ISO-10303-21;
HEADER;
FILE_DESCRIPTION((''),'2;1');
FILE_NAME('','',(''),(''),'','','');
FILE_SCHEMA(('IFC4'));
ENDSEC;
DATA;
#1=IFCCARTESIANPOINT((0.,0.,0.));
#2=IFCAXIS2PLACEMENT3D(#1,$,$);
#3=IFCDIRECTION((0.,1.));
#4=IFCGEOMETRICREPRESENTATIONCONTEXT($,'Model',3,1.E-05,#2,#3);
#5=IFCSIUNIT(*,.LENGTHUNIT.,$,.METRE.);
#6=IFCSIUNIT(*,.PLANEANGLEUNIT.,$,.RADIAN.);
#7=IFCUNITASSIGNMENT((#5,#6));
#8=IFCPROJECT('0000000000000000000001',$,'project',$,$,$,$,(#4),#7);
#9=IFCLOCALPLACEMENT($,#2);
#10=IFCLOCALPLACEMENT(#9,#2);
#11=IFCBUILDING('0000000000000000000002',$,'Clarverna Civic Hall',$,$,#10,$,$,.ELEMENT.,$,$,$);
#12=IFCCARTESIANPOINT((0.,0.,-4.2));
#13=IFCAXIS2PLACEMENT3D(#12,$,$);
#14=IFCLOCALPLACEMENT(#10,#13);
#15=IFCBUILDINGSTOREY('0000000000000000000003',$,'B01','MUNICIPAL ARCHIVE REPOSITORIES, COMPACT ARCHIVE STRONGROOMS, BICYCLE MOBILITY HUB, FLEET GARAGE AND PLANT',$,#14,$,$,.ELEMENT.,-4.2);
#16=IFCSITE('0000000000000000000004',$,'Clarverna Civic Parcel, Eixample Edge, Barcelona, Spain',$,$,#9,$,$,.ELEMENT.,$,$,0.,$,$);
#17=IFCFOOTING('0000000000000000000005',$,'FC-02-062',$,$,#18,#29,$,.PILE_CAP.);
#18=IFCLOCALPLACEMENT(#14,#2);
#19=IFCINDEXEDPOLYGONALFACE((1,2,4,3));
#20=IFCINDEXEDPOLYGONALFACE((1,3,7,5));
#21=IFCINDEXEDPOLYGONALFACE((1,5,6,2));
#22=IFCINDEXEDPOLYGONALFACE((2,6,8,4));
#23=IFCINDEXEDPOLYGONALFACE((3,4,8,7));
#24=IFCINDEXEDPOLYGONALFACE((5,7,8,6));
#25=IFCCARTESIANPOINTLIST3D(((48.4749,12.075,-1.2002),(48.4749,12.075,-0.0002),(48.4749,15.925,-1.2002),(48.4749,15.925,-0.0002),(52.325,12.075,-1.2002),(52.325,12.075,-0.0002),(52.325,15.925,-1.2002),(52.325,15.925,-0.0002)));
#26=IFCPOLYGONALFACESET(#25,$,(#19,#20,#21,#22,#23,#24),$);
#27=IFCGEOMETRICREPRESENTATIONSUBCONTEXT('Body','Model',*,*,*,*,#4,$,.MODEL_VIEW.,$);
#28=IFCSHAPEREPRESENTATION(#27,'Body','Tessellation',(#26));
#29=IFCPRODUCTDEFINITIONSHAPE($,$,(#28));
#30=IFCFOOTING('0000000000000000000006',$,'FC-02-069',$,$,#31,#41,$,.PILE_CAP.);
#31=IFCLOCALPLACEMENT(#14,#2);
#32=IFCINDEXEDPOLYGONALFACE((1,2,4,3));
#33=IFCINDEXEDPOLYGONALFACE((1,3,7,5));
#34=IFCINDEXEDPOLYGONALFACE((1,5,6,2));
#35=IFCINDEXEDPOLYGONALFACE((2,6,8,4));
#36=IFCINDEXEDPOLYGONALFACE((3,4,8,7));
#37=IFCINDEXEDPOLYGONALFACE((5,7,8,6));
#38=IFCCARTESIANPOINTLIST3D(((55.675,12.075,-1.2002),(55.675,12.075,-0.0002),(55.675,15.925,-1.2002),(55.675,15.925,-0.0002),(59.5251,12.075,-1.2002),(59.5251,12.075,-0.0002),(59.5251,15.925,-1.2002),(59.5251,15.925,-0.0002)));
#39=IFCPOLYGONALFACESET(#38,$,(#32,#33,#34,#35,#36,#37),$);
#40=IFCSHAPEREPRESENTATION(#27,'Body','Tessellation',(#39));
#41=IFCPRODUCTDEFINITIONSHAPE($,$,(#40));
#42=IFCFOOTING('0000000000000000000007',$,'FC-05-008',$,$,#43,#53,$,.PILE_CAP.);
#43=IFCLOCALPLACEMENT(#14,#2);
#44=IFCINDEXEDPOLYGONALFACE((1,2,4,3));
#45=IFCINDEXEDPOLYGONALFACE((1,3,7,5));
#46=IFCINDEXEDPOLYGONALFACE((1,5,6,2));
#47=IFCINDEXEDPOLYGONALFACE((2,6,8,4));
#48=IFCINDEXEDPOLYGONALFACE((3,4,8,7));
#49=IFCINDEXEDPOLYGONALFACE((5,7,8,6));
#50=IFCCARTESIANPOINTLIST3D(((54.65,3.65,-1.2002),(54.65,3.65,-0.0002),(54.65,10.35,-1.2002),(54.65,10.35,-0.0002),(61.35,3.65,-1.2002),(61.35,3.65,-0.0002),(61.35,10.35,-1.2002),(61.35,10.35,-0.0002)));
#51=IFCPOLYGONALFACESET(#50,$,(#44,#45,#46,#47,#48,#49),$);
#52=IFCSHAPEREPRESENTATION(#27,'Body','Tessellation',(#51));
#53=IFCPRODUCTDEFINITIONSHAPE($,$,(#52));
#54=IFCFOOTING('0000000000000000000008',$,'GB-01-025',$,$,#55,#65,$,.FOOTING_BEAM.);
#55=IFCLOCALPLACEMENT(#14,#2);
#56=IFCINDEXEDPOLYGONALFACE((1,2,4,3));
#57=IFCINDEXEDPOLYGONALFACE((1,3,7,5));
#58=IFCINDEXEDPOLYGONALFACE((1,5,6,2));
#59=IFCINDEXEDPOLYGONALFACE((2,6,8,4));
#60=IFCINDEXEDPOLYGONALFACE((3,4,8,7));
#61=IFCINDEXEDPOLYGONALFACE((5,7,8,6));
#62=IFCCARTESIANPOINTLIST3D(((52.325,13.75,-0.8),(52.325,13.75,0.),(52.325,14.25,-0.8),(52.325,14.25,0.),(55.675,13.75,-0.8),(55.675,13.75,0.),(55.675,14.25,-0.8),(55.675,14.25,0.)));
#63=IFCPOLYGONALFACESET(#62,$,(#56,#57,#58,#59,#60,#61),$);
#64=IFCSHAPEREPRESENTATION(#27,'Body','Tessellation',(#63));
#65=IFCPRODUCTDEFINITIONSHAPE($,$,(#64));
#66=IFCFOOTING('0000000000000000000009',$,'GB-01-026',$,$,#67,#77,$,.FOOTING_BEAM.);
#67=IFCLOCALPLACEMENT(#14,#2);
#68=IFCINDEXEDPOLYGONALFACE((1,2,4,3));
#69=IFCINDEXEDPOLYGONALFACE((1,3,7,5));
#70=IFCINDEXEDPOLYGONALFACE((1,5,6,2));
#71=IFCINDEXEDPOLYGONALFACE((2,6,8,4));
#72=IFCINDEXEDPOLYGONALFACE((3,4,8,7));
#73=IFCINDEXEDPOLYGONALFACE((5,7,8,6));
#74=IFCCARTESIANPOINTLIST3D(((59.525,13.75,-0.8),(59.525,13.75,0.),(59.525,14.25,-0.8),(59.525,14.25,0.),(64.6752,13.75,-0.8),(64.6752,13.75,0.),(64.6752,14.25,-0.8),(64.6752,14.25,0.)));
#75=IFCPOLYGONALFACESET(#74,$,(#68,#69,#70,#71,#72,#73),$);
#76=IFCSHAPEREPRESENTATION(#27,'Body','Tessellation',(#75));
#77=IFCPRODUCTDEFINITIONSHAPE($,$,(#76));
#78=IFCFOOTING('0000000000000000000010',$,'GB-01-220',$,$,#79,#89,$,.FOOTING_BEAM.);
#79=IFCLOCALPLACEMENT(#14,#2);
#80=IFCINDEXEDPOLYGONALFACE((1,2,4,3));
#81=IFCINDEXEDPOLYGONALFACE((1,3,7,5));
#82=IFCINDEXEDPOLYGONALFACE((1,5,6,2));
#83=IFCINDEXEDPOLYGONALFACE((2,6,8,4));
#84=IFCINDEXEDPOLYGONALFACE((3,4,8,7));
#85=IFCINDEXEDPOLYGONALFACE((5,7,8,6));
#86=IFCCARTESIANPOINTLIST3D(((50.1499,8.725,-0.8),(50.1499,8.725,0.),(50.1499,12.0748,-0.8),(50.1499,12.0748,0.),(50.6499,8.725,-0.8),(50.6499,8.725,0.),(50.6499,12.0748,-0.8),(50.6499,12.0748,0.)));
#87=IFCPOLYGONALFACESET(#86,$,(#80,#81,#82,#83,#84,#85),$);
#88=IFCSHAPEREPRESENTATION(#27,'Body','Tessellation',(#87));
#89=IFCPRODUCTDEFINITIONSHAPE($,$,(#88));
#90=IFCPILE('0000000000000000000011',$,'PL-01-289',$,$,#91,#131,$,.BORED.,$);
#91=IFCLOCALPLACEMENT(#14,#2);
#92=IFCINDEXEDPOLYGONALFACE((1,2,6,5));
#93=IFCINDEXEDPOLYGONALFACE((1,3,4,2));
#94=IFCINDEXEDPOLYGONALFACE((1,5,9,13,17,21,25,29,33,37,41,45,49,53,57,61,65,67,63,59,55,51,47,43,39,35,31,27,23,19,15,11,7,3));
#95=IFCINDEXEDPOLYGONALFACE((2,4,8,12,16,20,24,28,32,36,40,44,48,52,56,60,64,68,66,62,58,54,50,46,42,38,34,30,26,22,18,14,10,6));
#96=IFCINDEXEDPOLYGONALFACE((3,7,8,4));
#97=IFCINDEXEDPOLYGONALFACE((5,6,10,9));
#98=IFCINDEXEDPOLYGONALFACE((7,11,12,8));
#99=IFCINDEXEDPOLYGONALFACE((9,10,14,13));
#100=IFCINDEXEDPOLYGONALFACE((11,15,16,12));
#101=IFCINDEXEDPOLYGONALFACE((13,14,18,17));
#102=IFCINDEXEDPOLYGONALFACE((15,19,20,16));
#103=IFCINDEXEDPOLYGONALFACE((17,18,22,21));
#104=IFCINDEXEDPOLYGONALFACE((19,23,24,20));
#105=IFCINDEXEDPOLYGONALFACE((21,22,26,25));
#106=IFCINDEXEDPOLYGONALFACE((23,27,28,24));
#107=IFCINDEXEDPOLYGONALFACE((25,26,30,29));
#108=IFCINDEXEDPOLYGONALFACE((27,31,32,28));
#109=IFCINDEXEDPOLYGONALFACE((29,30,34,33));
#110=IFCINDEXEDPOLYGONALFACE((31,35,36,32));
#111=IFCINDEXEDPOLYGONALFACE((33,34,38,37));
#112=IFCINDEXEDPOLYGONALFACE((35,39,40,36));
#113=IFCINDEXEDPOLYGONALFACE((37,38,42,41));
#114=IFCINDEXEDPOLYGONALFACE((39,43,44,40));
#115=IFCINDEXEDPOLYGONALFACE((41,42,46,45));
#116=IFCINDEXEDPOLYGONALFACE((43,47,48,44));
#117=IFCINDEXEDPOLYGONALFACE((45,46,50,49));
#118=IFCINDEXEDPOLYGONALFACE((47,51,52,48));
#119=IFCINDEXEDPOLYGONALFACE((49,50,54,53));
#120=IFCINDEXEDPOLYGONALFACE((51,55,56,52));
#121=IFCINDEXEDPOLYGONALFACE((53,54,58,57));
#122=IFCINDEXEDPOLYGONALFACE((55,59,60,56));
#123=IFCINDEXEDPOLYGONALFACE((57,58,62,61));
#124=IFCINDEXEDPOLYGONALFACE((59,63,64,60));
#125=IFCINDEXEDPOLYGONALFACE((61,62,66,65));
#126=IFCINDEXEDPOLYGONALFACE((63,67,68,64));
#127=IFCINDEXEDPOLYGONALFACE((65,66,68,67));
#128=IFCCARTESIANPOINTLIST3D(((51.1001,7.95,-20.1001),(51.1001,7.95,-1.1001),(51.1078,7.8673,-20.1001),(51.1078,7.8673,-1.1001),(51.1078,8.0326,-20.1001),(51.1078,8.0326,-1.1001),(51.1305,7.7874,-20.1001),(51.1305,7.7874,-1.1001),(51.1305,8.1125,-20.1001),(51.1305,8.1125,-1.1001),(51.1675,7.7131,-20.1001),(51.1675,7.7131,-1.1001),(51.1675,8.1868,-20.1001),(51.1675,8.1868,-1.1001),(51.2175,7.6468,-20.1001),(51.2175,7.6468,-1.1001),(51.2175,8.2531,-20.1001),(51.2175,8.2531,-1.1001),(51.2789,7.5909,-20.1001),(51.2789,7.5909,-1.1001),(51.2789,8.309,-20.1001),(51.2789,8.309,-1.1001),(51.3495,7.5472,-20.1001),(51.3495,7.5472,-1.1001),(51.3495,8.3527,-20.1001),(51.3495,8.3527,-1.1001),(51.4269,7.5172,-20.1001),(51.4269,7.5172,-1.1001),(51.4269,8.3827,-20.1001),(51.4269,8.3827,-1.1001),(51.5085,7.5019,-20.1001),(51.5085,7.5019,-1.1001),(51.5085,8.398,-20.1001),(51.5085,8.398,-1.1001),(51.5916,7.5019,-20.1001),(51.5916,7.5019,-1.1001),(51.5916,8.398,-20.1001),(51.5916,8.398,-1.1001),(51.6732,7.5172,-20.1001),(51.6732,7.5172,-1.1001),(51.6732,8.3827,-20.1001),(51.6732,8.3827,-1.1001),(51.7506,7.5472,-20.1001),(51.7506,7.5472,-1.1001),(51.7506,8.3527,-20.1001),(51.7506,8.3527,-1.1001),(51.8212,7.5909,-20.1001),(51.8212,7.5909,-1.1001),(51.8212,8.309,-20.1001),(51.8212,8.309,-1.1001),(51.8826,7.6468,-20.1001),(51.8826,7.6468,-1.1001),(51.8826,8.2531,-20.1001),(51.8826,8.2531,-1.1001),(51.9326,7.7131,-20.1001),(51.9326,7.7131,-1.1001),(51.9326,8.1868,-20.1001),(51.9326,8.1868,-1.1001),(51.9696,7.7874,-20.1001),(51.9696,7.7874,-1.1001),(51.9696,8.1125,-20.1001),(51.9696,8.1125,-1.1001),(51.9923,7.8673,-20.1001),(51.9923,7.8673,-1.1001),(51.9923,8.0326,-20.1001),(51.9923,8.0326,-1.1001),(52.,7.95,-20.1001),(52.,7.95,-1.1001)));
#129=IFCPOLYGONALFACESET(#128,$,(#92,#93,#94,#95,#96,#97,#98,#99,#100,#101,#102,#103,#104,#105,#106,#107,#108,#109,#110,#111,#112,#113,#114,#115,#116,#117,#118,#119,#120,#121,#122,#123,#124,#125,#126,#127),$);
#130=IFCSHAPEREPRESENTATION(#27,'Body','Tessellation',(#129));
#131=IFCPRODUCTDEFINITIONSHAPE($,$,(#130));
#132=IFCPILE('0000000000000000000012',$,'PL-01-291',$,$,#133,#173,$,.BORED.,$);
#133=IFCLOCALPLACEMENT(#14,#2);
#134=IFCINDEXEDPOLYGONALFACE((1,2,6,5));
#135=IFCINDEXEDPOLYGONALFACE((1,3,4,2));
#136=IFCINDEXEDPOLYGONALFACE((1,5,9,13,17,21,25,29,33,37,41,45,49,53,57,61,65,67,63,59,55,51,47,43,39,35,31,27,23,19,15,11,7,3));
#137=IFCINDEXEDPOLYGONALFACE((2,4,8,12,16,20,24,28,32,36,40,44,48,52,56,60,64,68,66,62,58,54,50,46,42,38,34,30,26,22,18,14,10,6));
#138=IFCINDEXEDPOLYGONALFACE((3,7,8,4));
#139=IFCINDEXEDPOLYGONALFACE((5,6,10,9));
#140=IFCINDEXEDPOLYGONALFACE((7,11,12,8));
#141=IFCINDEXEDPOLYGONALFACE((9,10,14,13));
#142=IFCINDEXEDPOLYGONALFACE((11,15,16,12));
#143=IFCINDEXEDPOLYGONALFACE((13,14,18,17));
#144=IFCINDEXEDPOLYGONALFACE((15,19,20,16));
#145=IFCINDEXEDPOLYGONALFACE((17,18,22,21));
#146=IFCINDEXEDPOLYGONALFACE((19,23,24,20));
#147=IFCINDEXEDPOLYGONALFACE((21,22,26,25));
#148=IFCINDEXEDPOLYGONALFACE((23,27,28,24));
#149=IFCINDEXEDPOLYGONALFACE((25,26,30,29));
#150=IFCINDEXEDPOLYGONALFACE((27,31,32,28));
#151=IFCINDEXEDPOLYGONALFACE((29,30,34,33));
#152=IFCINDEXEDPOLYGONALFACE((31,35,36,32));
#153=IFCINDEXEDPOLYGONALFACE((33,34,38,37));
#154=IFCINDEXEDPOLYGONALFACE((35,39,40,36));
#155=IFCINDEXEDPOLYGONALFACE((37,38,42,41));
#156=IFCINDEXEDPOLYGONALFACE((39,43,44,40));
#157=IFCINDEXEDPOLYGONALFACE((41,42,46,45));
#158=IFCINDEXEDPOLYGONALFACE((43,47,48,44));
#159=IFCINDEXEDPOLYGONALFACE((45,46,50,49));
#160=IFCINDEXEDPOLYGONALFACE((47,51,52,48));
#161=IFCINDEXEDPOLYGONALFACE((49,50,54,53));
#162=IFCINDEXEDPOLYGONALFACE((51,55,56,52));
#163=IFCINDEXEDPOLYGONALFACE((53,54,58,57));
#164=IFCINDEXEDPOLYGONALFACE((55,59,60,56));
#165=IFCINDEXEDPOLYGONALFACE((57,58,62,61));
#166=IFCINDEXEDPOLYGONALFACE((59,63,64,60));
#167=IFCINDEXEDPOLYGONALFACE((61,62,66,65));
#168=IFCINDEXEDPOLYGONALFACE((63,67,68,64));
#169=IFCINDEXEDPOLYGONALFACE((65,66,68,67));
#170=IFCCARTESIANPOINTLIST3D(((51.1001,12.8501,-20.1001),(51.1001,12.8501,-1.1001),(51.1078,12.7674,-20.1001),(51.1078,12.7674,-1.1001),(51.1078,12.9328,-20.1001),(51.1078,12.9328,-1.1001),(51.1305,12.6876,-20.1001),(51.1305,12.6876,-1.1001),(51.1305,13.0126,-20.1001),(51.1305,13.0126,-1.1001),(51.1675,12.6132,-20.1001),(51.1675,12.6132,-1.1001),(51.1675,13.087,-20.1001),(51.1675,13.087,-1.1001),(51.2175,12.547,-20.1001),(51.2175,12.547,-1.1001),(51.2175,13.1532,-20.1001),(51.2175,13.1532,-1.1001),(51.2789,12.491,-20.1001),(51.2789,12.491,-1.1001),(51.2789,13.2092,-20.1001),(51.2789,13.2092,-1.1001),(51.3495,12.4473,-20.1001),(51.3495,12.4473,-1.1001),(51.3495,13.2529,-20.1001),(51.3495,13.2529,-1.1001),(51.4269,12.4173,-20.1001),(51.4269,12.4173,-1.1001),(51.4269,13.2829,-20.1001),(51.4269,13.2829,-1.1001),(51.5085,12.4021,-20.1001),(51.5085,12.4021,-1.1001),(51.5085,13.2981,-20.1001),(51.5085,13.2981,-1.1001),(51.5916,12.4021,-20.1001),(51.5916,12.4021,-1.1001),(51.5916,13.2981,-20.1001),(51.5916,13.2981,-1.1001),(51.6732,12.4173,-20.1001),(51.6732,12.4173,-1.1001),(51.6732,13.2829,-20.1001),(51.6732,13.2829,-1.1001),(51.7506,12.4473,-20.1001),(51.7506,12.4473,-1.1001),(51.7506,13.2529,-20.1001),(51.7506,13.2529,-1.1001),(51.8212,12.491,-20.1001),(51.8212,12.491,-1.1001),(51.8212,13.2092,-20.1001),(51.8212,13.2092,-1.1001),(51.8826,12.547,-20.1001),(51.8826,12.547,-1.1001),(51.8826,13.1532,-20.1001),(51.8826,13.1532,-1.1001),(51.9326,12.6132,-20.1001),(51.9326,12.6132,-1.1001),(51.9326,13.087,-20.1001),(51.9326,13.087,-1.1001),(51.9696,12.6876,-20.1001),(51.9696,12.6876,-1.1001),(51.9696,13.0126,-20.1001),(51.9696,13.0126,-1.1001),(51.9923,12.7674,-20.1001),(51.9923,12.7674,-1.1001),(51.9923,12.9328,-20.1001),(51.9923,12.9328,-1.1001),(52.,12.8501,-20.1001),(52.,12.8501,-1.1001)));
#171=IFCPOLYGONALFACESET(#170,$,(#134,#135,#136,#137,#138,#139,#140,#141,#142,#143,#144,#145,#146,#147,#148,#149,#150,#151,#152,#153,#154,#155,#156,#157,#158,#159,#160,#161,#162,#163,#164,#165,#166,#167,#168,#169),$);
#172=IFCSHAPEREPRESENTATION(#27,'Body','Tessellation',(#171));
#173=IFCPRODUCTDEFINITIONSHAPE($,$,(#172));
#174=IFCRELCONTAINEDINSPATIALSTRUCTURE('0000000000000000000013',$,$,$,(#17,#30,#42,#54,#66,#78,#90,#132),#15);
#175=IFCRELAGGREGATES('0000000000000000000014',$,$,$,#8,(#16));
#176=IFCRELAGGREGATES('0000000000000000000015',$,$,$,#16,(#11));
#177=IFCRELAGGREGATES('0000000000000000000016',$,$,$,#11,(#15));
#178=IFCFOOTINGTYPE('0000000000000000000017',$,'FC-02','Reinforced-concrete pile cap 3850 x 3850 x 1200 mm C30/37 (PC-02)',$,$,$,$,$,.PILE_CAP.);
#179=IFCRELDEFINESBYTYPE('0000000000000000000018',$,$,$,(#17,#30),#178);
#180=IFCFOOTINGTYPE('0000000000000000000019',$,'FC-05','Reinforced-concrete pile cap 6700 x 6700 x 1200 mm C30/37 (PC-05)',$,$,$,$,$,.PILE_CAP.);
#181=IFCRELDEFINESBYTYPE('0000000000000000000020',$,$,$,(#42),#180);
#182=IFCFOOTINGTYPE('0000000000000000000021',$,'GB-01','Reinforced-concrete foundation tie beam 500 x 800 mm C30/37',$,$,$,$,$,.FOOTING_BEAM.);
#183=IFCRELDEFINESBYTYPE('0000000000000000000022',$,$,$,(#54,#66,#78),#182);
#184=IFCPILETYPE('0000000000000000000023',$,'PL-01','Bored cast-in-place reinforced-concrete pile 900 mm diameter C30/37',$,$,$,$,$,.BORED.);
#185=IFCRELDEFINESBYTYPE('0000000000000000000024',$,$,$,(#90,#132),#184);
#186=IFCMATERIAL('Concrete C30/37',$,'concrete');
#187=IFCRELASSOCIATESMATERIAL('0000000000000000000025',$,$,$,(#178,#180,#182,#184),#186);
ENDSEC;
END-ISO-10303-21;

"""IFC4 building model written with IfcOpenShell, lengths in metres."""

from ifc_helpers import new_model, si_unit, direction, frame, frame_2d, origin, origin_2d, place, context, subcontext, project, spatial, rectangle, circle, extrude, material, material_profile, profile_set, type_object, element, save


model = new_model("IFC4")

# Units and contexts
model_context = context("Model", 3, precision=1e-05, world=origin(), true_north=direction((0.0, 1.0)))
body_context = subcontext(model_context, "Body", "Model", "MODEL_VIEW")
ifc_project = project(units=[si_unit("LENGTHUNIT", "METRE"), si_unit("PLANEANGLEUNIT", "RADIAN")], contexts=[model_context])

# Site, building, storey
site_placement = place(None, origin())
site = spatial("IfcSite", under=ifc_project, at=site_placement, Name="Clarverna Civic Parcel, Eixample Edge, Barcelona, Spain", CompositionType="ELEMENT", RefElevation=0.0)
building_placement = place(site_placement, origin())
building = spatial("IfcBuilding", under=site, at=building_placement, Name="Clarverna Civic Hall", CompositionType="ELEMENT")
storey_placement = place(building_placement, frame((0.0, 0.0, -4.2)))
storey = spatial("IfcBuildingStorey", under=building, at=storey_placement, Name="B01", Description="MUNICIPAL ARCHIVE REPOSITORIES, COMPACT ARCHIVE STRONGROOMS, BICYCLE MOBILITY HUB, FLEET GARAGE AND PLANT", CompositionType="ELEMENT", Elevation=-4.2)

# Footings
ifc_material_1 = material(Name="Concrete C30/37", Category="concrete")
footing_type_1 = type_object("IfcFootingType", Name="FC-02", Description="Reinforced-concrete pile cap 3850 x 3850 x 1200 mm C30/37 (PC-02)", PredefinedType="PILE_CAP", material=ifc_material_1)
for number, where, z_axis, x_axis, name in (
    (1, (50.3999, 14.0, -1.2002), (0.0, 0.0, 1.0), (1.0, 0.0, 0.0), "FC-02-062"),
    (2, (57.6001, 14.0, -1.2002), (0.0, 0.0, 1.0), (1.0, 0.0, 0.0), "FC-02-069"),
):
    element("IfcFooting", number, at=place(storey_placement, frame(where, z_axis=z_axis, x_axis=x_axis)), inside=storey, type_object=footing_type_1, Name=name, PredefinedType="PILE_CAP", context=body_context, shape_type="SweptSolid", body=[
        extrude(rectangle(XDim=3.8501, YDim=3.8501, at=origin_2d()), origin(), (0.0, 0.0, 1.0), 1.2),
    ])
footing_type_2 = type_object("IfcFootingType", Name="FC-05", Description="Reinforced-concrete pile cap 6700 x 6700 x 1200 mm C30/37 (PC-05)", PredefinedType="PILE_CAP", material=ifc_material_1)
footing_1_placement = place(storey_placement, frame((58.0, 7.0, -1.2002), z_axis=(0.0, 0.0, 1.0), x_axis=(1.0, 0.0, 0.0)))
element("IfcFooting", 3, at=footing_1_placement, inside=storey, type_object=footing_type_2, Name="FC-05-008", PredefinedType="PILE_CAP", context=body_context, shape_type="SweptSolid", body=[
    extrude(rectangle(XDim=6.7, YDim=6.7, at=origin_2d()), origin(), (0.0, 0.0, 1.0), 1.2),
])
footing_type_3 = type_object("IfcFootingType", Name="GB-01", Description="Reinforced-concrete foundation tie beam 500 x 800 mm C30/37", PredefinedType="FOOTING_BEAM", material=ifc_material_1)
footing_2_placement = place(storey_placement, frame((52.325, 14.0, -0.8), z_axis=(0.0, 0.0, 1.0), x_axis=(1.0, 0.0, 0.0)))
element("IfcFooting", 4, at=footing_2_placement, inside=storey, type_object=footing_type_3, Name="GB-01-025", PredefinedType="FOOTING_BEAM", context=body_context, shape_type="SweptSolid", body=[
    extrude(rectangle(XDim=3.3501, YDim=0.5, at=frame_2d((1.675, 0.0))), origin(), (0.0, 0.0, 1.0), 0.8),
])
footing_3_placement = place(storey_placement, frame((59.5249, 14.0, -0.8), z_axis=(0.0, 0.0, 1.0), x_axis=(1.0, 0.0, 0.0)))
element("IfcFooting", 5, at=footing_3_placement, inside=storey, type_object=footing_type_3, Name="GB-01-026", PredefinedType="FOOTING_BEAM", context=body_context, shape_type="SweptSolid", body=[
    extrude(rectangle(XDim=5.1501, YDim=0.5, at=frame_2d((2.5752, 0.0))), origin(), (0.0, 0.0, 1.0), 0.8),
])
footing_4_placement = place(storey_placement, frame((50.3999, 8.7251, -0.8), z_axis=(0.0, 0.0, 1.0), x_axis=(0.0, 1.0, 0.0)))
element("IfcFooting", 6, at=footing_4_placement, inside=storey, type_object=footing_type_3, Name="GB-01-220", PredefinedType="FOOTING_BEAM", context=body_context, shape_type="SweptSolid", body=[
    extrude(rectangle(XDim=3.3499, YDim=0.5, at=frame_2d((1.6748, 0.0))), origin(), (0.0, 0.0, 1.0), 0.8),
])

# Piles
ifc_material_profile_1 = material_profile(ifc_material_1, circle(Radius=0.45, at=origin_2d()), Name="BORED PILE D900")
ifc_profile_set_1 = profile_set([ifc_material_profile_1], Name="Concrete C30/37")
pile_type_1 = type_object("IfcPileType", Name="PL-01", Description="Bored cast-in-place reinforced-concrete pile 900 mm diameter C30/37", PredefinedType="BORED", material=ifc_profile_set_1)
for number, where, z_axis, x_axis, name in (
    (7, (51.55, 7.95, -1.1001), (0.0, 0.0, -1.0), (1.0, 0.0, 0.0), "PL-01-289"),
    (8, (51.55, 12.8501, -1.1001), (0.0, 0.0, -1.0), (1.0, 0.0, 0.0), "PL-01-291"),
):
    element("IfcPile", number, at=place(storey_placement, frame(where, z_axis=z_axis, x_axis=x_axis)), inside=storey, type_object=pile_type_1, Name=name, PredefinedType="BORED", context=body_context, shape_type="SweptSolid", body=[
        extrude(circle(Radius=0.45, at=origin_2d()), origin(), (0.0, 0.0, 1.0), 19.0),
    ])

save(model, "model.ifc")
